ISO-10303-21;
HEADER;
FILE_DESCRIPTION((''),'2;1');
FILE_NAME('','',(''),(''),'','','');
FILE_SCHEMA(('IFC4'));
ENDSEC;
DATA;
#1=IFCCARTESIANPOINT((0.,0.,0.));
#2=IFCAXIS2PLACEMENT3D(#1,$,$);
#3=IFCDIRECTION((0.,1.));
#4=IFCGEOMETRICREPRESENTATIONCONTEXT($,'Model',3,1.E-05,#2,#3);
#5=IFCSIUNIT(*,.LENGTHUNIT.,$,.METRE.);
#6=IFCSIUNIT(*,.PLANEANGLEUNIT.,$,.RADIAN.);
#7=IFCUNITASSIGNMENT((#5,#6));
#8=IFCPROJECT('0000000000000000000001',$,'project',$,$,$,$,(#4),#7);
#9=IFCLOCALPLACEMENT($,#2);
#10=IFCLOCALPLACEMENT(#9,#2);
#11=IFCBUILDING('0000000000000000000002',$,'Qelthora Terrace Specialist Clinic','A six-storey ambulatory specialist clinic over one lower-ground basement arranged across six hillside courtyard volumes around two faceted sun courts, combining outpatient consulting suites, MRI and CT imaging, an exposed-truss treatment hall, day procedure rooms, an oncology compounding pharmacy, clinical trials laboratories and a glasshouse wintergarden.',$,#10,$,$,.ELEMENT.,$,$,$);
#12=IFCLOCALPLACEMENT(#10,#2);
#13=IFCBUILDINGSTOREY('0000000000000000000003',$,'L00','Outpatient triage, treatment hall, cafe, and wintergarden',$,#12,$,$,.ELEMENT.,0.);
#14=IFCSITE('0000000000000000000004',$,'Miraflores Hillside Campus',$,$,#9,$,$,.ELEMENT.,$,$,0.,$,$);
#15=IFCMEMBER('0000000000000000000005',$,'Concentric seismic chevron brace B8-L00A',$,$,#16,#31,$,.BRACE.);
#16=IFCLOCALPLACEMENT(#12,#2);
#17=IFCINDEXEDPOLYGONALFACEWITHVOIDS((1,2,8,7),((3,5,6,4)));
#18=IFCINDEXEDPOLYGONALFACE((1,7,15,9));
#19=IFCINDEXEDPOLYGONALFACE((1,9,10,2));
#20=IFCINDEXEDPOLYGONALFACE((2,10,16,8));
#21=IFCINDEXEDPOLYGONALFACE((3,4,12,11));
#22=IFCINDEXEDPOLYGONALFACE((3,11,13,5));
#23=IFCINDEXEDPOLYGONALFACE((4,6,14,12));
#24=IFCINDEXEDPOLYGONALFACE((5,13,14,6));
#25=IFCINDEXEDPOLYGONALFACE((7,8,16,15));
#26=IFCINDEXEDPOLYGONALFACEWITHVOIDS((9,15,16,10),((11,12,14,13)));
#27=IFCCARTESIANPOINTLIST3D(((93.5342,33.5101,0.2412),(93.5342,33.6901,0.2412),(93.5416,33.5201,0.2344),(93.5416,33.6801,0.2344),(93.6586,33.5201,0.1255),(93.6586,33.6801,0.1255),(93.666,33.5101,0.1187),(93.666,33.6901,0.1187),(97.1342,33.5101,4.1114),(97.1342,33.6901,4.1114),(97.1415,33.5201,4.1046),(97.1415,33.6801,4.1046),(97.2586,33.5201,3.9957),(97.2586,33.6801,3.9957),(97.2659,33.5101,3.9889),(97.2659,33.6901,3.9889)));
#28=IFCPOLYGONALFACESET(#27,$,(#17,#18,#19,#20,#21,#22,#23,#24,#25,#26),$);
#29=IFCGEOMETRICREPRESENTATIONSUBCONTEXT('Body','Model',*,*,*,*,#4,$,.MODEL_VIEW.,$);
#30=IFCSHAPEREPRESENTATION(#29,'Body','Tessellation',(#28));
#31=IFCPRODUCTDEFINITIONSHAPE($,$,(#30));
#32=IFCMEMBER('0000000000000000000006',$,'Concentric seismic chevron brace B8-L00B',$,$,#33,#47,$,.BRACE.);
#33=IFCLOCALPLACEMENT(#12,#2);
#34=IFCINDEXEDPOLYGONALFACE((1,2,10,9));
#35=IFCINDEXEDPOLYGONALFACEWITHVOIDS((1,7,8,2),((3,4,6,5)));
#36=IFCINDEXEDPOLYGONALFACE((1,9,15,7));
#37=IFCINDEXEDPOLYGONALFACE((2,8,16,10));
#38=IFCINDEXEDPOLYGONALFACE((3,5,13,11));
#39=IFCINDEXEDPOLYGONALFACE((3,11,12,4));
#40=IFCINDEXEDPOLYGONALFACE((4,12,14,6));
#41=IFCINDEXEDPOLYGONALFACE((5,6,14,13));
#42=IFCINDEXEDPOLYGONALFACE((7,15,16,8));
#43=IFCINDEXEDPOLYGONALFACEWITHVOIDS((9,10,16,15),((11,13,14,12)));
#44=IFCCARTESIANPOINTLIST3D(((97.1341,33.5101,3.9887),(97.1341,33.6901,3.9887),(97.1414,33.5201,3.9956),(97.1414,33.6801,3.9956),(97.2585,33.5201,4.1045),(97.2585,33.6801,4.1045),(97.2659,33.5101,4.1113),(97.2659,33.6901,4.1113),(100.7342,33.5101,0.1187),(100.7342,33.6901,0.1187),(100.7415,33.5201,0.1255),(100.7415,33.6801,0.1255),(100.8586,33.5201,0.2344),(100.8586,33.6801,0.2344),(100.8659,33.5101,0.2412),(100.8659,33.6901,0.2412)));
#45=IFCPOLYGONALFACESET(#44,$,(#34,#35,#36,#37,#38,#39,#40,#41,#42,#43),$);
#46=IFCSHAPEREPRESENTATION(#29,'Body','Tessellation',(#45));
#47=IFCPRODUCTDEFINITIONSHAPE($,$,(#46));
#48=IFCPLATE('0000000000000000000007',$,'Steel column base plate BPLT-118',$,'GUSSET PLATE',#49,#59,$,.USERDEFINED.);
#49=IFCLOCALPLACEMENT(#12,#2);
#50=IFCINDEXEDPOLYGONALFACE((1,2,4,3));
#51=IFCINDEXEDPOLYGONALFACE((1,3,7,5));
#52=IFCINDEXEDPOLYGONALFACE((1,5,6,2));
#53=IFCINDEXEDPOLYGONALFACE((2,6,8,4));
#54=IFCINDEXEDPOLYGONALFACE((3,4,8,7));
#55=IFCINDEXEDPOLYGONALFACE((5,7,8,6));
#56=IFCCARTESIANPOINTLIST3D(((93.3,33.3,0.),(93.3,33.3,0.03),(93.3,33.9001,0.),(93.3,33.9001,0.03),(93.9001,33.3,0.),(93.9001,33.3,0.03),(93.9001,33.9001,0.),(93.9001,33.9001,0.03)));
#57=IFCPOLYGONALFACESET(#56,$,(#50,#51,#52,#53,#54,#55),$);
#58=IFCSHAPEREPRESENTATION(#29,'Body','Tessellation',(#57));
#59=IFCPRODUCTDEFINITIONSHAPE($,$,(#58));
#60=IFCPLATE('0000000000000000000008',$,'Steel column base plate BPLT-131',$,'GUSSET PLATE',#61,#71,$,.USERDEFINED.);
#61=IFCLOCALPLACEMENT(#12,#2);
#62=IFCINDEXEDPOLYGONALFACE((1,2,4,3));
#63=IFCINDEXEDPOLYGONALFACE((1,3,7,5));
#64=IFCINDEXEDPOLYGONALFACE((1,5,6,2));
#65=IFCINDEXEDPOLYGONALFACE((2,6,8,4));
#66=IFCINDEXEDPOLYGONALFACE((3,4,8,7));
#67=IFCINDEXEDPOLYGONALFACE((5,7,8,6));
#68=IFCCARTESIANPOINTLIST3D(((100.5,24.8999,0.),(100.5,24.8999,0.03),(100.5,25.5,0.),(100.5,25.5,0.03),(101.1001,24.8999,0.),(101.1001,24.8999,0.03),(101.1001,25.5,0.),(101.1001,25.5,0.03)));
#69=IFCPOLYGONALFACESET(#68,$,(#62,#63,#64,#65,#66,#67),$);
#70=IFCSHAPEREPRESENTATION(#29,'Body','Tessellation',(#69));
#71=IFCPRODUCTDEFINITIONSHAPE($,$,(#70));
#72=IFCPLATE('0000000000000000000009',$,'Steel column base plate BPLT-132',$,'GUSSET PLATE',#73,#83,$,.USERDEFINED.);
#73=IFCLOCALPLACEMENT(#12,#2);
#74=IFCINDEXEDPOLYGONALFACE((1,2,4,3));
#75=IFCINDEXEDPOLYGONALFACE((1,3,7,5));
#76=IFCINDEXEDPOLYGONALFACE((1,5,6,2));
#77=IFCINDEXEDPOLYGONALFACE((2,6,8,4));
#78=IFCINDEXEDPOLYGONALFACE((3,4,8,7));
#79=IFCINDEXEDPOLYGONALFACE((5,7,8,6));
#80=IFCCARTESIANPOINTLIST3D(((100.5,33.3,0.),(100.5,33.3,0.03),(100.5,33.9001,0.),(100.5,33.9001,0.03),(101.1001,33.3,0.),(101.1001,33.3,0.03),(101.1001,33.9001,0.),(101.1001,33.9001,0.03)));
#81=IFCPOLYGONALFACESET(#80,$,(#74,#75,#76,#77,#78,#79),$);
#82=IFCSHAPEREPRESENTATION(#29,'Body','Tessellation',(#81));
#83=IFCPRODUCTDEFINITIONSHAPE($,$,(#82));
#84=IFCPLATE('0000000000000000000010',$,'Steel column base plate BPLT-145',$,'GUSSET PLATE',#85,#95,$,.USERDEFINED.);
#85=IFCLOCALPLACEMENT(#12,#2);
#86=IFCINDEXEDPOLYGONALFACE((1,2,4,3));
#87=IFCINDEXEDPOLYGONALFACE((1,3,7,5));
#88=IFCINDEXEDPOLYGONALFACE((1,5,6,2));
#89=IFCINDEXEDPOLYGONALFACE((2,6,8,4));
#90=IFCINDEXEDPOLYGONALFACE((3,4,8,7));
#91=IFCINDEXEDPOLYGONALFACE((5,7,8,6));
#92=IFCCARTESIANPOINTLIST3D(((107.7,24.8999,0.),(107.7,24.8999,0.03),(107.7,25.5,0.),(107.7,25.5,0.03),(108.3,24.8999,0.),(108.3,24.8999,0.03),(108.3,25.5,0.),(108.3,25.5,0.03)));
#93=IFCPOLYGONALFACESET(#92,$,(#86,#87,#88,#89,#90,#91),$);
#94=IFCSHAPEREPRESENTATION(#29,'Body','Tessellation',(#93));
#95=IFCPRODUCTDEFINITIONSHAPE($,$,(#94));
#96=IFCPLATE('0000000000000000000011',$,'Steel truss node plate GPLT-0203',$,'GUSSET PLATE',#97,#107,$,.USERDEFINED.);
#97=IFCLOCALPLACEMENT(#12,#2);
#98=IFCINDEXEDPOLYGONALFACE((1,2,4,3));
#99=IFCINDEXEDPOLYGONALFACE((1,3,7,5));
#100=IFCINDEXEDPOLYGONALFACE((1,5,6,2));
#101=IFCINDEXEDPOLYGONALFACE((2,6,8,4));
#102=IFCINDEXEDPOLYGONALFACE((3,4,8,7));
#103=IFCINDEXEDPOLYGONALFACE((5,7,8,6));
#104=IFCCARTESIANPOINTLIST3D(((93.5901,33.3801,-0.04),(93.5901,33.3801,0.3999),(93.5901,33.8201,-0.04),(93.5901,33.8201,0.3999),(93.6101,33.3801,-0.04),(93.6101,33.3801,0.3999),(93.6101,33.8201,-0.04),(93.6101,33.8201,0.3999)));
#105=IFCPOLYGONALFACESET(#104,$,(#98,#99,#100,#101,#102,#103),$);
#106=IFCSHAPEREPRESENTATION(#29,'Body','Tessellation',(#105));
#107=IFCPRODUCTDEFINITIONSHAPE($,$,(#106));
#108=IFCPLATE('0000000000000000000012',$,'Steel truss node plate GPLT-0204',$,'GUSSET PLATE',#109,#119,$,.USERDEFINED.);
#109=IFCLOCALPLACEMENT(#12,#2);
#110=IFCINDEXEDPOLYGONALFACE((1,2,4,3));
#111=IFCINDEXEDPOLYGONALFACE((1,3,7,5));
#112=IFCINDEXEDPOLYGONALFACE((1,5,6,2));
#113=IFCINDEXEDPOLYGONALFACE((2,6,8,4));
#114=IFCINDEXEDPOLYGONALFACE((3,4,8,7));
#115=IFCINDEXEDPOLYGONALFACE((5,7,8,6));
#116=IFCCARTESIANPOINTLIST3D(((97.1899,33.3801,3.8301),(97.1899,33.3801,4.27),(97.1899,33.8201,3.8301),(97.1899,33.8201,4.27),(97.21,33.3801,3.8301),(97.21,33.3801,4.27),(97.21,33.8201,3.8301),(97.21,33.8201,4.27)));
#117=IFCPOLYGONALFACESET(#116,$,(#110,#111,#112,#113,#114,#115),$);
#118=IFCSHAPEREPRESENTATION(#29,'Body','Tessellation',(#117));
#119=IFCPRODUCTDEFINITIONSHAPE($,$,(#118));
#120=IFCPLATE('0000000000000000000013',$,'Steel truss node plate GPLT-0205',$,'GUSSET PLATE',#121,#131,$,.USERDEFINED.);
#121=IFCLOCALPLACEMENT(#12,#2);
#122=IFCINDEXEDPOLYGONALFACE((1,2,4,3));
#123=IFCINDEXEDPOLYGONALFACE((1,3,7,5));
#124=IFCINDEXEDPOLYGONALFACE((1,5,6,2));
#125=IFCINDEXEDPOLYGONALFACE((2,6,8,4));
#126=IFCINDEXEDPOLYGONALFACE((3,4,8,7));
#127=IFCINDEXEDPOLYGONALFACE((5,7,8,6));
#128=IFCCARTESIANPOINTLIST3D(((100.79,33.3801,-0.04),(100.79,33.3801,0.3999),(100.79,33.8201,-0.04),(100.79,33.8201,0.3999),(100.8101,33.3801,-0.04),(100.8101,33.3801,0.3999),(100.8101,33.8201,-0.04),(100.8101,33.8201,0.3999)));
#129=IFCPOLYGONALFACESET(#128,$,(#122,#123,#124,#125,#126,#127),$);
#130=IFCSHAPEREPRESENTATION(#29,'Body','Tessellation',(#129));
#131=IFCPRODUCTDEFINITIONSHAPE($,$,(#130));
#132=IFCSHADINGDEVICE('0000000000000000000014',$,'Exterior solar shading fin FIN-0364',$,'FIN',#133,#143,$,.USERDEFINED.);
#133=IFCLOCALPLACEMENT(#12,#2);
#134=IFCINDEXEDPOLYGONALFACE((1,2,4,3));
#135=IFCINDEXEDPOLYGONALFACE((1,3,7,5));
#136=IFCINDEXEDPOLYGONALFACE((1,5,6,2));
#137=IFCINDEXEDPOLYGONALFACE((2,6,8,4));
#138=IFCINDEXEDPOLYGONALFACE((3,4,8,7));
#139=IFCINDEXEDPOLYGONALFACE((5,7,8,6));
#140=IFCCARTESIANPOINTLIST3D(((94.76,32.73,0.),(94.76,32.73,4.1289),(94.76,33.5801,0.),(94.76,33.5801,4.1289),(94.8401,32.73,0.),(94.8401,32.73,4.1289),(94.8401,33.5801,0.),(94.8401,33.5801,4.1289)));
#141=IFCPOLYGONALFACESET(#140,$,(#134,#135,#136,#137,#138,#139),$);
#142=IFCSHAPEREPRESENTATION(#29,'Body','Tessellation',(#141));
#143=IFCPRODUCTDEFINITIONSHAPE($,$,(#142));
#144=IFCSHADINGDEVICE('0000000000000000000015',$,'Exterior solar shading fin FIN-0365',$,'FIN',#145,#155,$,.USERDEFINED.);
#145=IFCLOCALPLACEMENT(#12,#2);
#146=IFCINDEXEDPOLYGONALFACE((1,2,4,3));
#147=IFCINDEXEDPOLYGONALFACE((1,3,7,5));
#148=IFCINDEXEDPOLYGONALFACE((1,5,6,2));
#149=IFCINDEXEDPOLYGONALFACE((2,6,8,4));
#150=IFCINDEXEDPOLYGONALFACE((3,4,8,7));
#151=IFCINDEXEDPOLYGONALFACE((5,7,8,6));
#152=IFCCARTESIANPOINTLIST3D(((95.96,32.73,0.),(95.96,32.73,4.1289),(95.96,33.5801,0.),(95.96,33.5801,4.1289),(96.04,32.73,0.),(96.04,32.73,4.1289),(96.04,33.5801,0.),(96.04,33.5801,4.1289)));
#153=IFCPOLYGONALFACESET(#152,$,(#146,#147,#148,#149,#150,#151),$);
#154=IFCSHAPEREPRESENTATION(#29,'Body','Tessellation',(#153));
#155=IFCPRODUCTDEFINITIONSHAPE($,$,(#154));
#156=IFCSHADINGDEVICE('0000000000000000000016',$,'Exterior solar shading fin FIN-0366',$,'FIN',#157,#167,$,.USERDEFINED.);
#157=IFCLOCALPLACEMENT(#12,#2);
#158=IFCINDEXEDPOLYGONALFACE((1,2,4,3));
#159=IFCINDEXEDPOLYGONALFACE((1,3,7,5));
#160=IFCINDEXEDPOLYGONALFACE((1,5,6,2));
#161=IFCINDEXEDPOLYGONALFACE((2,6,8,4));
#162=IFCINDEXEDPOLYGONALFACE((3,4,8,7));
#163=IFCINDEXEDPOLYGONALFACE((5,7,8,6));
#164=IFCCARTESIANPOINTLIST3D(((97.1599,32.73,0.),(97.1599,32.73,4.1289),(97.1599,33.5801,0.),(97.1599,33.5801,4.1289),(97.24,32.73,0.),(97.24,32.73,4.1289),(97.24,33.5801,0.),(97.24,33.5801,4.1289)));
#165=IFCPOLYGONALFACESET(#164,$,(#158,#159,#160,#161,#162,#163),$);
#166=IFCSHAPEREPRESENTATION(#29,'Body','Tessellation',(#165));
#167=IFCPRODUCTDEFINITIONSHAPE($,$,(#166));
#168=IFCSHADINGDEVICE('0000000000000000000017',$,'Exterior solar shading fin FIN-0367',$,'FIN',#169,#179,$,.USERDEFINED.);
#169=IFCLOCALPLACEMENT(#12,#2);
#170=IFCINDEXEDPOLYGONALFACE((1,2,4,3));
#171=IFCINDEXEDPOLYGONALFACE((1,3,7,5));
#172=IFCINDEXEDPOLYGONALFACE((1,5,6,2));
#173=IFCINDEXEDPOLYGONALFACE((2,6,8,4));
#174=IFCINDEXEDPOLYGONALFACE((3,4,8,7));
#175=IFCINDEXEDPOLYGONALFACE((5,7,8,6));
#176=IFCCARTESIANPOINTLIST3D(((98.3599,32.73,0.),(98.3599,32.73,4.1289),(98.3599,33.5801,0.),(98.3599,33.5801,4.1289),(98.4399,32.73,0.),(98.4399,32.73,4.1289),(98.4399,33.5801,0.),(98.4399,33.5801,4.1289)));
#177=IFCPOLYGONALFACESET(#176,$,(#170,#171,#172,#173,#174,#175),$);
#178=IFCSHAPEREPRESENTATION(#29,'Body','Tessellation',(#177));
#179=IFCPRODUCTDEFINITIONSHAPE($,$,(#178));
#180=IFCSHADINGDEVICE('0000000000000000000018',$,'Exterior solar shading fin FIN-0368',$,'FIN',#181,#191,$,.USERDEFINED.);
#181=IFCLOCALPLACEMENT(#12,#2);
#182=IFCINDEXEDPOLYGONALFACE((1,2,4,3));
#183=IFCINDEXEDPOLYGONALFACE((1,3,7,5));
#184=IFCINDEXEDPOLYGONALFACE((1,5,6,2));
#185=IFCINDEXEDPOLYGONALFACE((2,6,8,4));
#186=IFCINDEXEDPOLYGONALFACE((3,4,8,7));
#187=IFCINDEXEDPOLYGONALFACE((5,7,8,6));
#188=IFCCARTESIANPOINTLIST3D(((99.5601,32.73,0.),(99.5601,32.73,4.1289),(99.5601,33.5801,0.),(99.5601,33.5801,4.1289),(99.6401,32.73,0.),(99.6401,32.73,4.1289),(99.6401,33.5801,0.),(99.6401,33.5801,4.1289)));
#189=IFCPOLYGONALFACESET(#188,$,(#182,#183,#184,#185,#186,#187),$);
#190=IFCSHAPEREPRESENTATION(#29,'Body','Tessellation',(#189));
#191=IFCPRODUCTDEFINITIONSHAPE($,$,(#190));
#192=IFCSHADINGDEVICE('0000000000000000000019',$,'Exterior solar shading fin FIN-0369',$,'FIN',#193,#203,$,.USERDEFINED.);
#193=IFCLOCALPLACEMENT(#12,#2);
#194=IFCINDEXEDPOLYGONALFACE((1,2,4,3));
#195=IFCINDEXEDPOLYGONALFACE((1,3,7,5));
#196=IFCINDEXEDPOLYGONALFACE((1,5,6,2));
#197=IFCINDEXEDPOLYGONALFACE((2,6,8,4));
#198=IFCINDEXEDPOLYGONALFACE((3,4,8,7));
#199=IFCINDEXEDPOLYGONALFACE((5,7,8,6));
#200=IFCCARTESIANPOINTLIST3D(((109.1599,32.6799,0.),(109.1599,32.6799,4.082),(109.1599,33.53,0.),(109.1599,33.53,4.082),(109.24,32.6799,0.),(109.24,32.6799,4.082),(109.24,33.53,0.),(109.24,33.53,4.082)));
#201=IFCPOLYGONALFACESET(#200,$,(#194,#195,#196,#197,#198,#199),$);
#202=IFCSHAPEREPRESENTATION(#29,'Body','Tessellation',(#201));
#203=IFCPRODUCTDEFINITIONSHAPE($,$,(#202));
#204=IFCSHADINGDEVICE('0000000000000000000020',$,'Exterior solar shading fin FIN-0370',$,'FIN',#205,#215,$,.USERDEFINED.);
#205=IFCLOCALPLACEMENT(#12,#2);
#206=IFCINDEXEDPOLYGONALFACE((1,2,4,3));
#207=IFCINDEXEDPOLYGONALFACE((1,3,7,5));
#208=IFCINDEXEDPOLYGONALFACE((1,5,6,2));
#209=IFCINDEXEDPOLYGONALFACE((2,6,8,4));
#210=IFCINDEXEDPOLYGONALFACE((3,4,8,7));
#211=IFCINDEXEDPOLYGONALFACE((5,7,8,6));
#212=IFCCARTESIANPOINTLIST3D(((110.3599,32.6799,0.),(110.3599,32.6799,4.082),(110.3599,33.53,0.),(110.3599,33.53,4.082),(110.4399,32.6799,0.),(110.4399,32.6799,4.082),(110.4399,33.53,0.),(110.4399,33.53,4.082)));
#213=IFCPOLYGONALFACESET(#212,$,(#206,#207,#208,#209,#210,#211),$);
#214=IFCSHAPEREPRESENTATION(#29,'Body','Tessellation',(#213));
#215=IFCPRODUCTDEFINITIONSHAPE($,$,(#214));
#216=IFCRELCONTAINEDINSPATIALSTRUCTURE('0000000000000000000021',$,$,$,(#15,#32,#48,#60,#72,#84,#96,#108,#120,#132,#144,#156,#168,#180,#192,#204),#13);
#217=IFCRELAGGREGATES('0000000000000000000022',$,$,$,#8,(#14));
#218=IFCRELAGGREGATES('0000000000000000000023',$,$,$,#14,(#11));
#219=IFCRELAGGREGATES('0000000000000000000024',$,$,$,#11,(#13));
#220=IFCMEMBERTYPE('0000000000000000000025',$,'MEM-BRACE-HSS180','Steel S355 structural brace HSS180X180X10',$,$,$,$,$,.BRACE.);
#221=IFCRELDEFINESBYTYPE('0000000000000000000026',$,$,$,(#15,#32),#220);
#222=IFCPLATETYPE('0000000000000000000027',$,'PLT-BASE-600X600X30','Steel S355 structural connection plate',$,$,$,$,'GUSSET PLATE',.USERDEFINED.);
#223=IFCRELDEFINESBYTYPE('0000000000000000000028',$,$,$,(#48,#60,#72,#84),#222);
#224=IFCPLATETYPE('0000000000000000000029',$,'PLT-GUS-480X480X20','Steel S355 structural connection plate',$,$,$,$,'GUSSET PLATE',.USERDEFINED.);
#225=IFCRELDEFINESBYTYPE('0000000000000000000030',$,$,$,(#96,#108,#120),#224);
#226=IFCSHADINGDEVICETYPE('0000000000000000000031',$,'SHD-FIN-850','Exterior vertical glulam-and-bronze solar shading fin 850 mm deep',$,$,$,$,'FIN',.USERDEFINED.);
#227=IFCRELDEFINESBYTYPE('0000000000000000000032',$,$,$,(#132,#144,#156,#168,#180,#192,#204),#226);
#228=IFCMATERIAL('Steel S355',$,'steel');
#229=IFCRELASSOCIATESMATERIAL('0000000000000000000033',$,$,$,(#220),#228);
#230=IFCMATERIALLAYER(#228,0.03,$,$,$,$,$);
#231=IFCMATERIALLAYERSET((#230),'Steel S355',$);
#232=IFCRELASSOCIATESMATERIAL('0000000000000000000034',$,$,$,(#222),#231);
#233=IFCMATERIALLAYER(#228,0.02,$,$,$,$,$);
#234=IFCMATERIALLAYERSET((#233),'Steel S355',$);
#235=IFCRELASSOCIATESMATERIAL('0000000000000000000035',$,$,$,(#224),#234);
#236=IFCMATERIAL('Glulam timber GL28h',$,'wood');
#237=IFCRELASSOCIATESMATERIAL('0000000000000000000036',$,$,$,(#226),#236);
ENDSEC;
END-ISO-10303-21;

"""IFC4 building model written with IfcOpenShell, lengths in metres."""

from ifc_helpers import new_model, si_unit, direction, frame, origin, origin_2d, place, context, subcontext, project, spatial, rectangle, hollow_rectangle, extrude, material, layer, layer_set, material_profile, profile_set, type_object, element, save


model = new_model("IFC4")

# Units and contexts
model_context = context("Model", 3, precision=1e-05, world=origin(), true_north=direction((0.0, 1.0)))
body_context = subcontext(model_context, "Body", "Model", "MODEL_VIEW")
ifc_project = project(units=[si_unit("LENGTHUNIT", "METRE"), si_unit("PLANEANGLEUNIT", "RADIAN")], contexts=[model_context])

# Site, building, storey
site_placement = place(None, origin())
site = spatial("IfcSite", under=ifc_project, at=site_placement, Name="Miraflores Hillside Campus", CompositionType="ELEMENT", RefElevation=0.0)
building_placement = place(site_placement, origin())
building = spatial("IfcBuilding", under=site, at=building_placement, Name="Qelthora Terrace Specialist Clinic", Description="A six-storey ambulatory specialist clinic over one lower-ground basement arranged across six hillside courtyard volumes around two faceted sun courts, combining outpatient consulting suites, MRI and CT imaging, an exposed-truss treatment hall, day procedure rooms, an oncology compounding pharmacy, clinical trials laboratories and a glasshouse wintergarden.", CompositionType="ELEMENT")
storey_placement = place(building_placement, origin())
storey = spatial("IfcBuildingStorey", under=building, at=storey_placement, Name="L00", Description="Outpatient triage, treatment hall, cafe, and wintergarden", CompositionType="ELEMENT", Elevation=0.0)

# Shared definitions
ifc_material_1 = material(Name="Steel S355", Category="steel")

# Members
ifc_material_profile_1 = material_profile(ifc_material_1, hollow_rectangle(XDim=0.1799, YDim=0.1799, WallThickness=0.01, at=origin_2d()), Name="HSS180X180X10")
ifc_profile_set_1 = profile_set([ifc_material_profile_1], Name="Steel S355")
member_type = type_object("IfcMemberType", Name="MEM-BRACE-HSS180", Description="Steel S355 structural brace HSS180X180X10", PredefinedType="BRACE", material=ifc_profile_set_1)
for number, where, z_axis, x_axis, name in (
    (1, (93.6001, 33.6001, 0.1799), (0.681078, 0.0, 0.732211), (0.0, 1.0, 0.0), "Concentric seismic chevron brace B8-L00A"),
    (2, (100.8, 33.6001, 0.1799), (-0.681103, 0.0, 0.732188), (0.0, -1.0, 0.0), "Concentric seismic chevron brace B8-L00B"),
):
    element("IfcMember", number, at=place(storey_placement, frame(where, z_axis=z_axis, x_axis=x_axis)), inside=storey, type_object=member_type, Name=name, PredefinedType="BRACE", context=body_context, shape_type="SweptSolid", body=[
        extrude(hollow_rectangle(XDim=0.1799, YDim=0.1799, WallThickness=0.01, at=origin_2d()), origin(), (0.0, 0.0, 1.0), 5.2856),
    ])

# Plates
ifc_layer_1 = layer(ifc_material_1, 0.03)
ifc_layer_set_1 = layer_set([ifc_layer_1], Name="Steel S355")
plate_type_1 = type_object("IfcPlateType", Name="PLT-BASE-600X600X30", Description="Steel S355 structural connection plate", ElementType="GUSSET PLATE", PredefinedType="USERDEFINED", material=ifc_layer_set_1)
for number, where, z_axis, x_axis, name in (
    (3, (93.6001, 33.6001, 0.0), (0.0, 0.0, 1.0), (1.0, 0.0, 0.0), "Steel column base plate BPLT-118"),
    (4, (100.8, 25.2, 0.0), (0.0, 0.0, 1.0), (1.0, 0.0, 0.0), "Steel column base plate BPLT-131"),
    (5, (100.8, 33.6001, 0.0), (0.0, 0.0, 1.0), (1.0, 0.0, 0.0), "Steel column base plate BPLT-132"),
    (6, (108.0, 25.2, 0.0), (0.0, 0.0, 1.0), (1.0, 0.0, 0.0), "Steel column base plate BPLT-145"),
):
    element("IfcPlate", number, at=place(storey_placement, frame(where, z_axis=z_axis, x_axis=x_axis)), inside=storey, type_object=plate_type_1, Name=name, ObjectType="GUSSET PLATE", PredefinedType="USERDEFINED", context=body_context, shape_type="SweptSolid", body=[
        extrude(rectangle(XDim=0.6001, YDim=0.6001, at=origin_2d()), origin(), (0.0, 0.0, 1.0), 0.03),
    ])
ifc_layer_2 = layer(ifc_material_1, 0.02)
ifc_layer_set_2 = layer_set([ifc_layer_2], Name="Steel S355")
plate_type_2 = type_object("IfcPlateType", Name="PLT-GUS-480X480X20", Description="Steel S355 structural connection plate", ElementType="GUSSET PLATE", PredefinedType="USERDEFINED", material=ifc_layer_set_2)
for number, where, z_axis, x_axis, name in (
    (7, (93.6001, 33.6001, -0.04), (0.0, 0.0, 1.0), (1.0, 0.0, 0.0), "Steel truss node plate GPLT-0203"),
    (8, (97.2, 33.6001, 3.8301), (0.0, 0.0, 1.0), (1.0, 0.0, 0.0), "Steel truss node plate GPLT-0204"),
    (9, (100.8, 33.6001, -0.04), (0.0, 0.0, 1.0), (1.0, 0.0, 0.0), "Steel truss node plate GPLT-0205"),
):
    element("IfcPlate", number, at=place(storey_placement, frame(where, z_axis=z_axis, x_axis=x_axis)), inside=storey, type_object=plate_type_2, Name=name, ObjectType="GUSSET PLATE", PredefinedType="USERDEFINED", context=body_context, shape_type="SweptSolid", body=[
        extrude(rectangle(XDim=0.02, YDim=0.4399, at=origin_2d()), origin(), (0.0, 0.0, 1.0), 0.4399),
    ])

# Shading devices
ifc_material_2 = material(Name="Glulam timber GL28h", Category="wood")
shading_device_type_1 = type_object("IfcShadingDeviceType", Name="SHD-FIN-850", Description="Exterior vertical glulam-and-bronze solar shading fin 850 mm deep", ElementType="FIN", PredefinedType="USERDEFINED", material=ifc_material_2)
for number, where, z_axis, x_axis, name in (
    (10, (94.8, 33.155, 0.0), (0.0, 0.0, 1.0), (0.0, -1.0, 0.0), "Exterior solar shading fin FIN-0364"),
    (11, (96.0, 33.155, 0.0), (0.0, 0.0, 1.0), (0.0, -1.0, 0.0), "Exterior solar shading fin FIN-0365"),
    (12, (97.2, 33.155, 0.0), (0.0, 0.0, 1.0), (0.0, -1.0, 0.0), "Exterior solar shading fin FIN-0366"),
    (13, (98.3999, 33.155, 0.0), (0.0, 0.0, 1.0), (0.0, -1.0, 0.0), "Exterior solar shading fin FIN-0367"),
    (14, (99.6001, 33.155, 0.0), (0.0, 0.0, 1.0), (0.0, -1.0, 0.0), "Exterior solar shading fin FIN-0368"),
):
    element("IfcShadingDevice", number, at=place(storey_placement, frame(where, z_axis=z_axis, x_axis=x_axis)), inside=storey, type_object=shading_device_type_1, Name=name, ObjectType="FIN", PredefinedType="USERDEFINED", context=body_context, shape_type="SweptSolid", body=[
        extrude(rectangle(XDim=0.8501, YDim=0.0801, at=origin_2d()), origin(), (0.0, 0.0, 1.0), 4.1289),
    ])
for number, where, z_axis, x_axis, name in (
    (15, (109.2, 33.105, 0.0), (0.0, 0.0, 1.0), (0.0, -1.0, 0.0), "Exterior solar shading fin FIN-0369"),
    (16, (110.3999, 33.105, 0.0), (0.0, 0.0, 1.0), (0.0, -1.0, 0.0), "Exterior solar shading fin FIN-0370"),
):
    element("IfcShadingDevice", number, at=place(storey_placement, frame(where, z_axis=z_axis, x_axis=x_axis)), inside=storey, type_object=shading_device_type_1, Name=name, ObjectType="FIN", PredefinedType="USERDEFINED", context=body_context, shape_type="SweptSolid", body=[
        extrude(rectangle(XDim=0.8501, YDim=0.0801, at=origin_2d()), origin(), (0.0, 0.0, 1.0), 4.082),
    ])

save(model, "model.ifc")
